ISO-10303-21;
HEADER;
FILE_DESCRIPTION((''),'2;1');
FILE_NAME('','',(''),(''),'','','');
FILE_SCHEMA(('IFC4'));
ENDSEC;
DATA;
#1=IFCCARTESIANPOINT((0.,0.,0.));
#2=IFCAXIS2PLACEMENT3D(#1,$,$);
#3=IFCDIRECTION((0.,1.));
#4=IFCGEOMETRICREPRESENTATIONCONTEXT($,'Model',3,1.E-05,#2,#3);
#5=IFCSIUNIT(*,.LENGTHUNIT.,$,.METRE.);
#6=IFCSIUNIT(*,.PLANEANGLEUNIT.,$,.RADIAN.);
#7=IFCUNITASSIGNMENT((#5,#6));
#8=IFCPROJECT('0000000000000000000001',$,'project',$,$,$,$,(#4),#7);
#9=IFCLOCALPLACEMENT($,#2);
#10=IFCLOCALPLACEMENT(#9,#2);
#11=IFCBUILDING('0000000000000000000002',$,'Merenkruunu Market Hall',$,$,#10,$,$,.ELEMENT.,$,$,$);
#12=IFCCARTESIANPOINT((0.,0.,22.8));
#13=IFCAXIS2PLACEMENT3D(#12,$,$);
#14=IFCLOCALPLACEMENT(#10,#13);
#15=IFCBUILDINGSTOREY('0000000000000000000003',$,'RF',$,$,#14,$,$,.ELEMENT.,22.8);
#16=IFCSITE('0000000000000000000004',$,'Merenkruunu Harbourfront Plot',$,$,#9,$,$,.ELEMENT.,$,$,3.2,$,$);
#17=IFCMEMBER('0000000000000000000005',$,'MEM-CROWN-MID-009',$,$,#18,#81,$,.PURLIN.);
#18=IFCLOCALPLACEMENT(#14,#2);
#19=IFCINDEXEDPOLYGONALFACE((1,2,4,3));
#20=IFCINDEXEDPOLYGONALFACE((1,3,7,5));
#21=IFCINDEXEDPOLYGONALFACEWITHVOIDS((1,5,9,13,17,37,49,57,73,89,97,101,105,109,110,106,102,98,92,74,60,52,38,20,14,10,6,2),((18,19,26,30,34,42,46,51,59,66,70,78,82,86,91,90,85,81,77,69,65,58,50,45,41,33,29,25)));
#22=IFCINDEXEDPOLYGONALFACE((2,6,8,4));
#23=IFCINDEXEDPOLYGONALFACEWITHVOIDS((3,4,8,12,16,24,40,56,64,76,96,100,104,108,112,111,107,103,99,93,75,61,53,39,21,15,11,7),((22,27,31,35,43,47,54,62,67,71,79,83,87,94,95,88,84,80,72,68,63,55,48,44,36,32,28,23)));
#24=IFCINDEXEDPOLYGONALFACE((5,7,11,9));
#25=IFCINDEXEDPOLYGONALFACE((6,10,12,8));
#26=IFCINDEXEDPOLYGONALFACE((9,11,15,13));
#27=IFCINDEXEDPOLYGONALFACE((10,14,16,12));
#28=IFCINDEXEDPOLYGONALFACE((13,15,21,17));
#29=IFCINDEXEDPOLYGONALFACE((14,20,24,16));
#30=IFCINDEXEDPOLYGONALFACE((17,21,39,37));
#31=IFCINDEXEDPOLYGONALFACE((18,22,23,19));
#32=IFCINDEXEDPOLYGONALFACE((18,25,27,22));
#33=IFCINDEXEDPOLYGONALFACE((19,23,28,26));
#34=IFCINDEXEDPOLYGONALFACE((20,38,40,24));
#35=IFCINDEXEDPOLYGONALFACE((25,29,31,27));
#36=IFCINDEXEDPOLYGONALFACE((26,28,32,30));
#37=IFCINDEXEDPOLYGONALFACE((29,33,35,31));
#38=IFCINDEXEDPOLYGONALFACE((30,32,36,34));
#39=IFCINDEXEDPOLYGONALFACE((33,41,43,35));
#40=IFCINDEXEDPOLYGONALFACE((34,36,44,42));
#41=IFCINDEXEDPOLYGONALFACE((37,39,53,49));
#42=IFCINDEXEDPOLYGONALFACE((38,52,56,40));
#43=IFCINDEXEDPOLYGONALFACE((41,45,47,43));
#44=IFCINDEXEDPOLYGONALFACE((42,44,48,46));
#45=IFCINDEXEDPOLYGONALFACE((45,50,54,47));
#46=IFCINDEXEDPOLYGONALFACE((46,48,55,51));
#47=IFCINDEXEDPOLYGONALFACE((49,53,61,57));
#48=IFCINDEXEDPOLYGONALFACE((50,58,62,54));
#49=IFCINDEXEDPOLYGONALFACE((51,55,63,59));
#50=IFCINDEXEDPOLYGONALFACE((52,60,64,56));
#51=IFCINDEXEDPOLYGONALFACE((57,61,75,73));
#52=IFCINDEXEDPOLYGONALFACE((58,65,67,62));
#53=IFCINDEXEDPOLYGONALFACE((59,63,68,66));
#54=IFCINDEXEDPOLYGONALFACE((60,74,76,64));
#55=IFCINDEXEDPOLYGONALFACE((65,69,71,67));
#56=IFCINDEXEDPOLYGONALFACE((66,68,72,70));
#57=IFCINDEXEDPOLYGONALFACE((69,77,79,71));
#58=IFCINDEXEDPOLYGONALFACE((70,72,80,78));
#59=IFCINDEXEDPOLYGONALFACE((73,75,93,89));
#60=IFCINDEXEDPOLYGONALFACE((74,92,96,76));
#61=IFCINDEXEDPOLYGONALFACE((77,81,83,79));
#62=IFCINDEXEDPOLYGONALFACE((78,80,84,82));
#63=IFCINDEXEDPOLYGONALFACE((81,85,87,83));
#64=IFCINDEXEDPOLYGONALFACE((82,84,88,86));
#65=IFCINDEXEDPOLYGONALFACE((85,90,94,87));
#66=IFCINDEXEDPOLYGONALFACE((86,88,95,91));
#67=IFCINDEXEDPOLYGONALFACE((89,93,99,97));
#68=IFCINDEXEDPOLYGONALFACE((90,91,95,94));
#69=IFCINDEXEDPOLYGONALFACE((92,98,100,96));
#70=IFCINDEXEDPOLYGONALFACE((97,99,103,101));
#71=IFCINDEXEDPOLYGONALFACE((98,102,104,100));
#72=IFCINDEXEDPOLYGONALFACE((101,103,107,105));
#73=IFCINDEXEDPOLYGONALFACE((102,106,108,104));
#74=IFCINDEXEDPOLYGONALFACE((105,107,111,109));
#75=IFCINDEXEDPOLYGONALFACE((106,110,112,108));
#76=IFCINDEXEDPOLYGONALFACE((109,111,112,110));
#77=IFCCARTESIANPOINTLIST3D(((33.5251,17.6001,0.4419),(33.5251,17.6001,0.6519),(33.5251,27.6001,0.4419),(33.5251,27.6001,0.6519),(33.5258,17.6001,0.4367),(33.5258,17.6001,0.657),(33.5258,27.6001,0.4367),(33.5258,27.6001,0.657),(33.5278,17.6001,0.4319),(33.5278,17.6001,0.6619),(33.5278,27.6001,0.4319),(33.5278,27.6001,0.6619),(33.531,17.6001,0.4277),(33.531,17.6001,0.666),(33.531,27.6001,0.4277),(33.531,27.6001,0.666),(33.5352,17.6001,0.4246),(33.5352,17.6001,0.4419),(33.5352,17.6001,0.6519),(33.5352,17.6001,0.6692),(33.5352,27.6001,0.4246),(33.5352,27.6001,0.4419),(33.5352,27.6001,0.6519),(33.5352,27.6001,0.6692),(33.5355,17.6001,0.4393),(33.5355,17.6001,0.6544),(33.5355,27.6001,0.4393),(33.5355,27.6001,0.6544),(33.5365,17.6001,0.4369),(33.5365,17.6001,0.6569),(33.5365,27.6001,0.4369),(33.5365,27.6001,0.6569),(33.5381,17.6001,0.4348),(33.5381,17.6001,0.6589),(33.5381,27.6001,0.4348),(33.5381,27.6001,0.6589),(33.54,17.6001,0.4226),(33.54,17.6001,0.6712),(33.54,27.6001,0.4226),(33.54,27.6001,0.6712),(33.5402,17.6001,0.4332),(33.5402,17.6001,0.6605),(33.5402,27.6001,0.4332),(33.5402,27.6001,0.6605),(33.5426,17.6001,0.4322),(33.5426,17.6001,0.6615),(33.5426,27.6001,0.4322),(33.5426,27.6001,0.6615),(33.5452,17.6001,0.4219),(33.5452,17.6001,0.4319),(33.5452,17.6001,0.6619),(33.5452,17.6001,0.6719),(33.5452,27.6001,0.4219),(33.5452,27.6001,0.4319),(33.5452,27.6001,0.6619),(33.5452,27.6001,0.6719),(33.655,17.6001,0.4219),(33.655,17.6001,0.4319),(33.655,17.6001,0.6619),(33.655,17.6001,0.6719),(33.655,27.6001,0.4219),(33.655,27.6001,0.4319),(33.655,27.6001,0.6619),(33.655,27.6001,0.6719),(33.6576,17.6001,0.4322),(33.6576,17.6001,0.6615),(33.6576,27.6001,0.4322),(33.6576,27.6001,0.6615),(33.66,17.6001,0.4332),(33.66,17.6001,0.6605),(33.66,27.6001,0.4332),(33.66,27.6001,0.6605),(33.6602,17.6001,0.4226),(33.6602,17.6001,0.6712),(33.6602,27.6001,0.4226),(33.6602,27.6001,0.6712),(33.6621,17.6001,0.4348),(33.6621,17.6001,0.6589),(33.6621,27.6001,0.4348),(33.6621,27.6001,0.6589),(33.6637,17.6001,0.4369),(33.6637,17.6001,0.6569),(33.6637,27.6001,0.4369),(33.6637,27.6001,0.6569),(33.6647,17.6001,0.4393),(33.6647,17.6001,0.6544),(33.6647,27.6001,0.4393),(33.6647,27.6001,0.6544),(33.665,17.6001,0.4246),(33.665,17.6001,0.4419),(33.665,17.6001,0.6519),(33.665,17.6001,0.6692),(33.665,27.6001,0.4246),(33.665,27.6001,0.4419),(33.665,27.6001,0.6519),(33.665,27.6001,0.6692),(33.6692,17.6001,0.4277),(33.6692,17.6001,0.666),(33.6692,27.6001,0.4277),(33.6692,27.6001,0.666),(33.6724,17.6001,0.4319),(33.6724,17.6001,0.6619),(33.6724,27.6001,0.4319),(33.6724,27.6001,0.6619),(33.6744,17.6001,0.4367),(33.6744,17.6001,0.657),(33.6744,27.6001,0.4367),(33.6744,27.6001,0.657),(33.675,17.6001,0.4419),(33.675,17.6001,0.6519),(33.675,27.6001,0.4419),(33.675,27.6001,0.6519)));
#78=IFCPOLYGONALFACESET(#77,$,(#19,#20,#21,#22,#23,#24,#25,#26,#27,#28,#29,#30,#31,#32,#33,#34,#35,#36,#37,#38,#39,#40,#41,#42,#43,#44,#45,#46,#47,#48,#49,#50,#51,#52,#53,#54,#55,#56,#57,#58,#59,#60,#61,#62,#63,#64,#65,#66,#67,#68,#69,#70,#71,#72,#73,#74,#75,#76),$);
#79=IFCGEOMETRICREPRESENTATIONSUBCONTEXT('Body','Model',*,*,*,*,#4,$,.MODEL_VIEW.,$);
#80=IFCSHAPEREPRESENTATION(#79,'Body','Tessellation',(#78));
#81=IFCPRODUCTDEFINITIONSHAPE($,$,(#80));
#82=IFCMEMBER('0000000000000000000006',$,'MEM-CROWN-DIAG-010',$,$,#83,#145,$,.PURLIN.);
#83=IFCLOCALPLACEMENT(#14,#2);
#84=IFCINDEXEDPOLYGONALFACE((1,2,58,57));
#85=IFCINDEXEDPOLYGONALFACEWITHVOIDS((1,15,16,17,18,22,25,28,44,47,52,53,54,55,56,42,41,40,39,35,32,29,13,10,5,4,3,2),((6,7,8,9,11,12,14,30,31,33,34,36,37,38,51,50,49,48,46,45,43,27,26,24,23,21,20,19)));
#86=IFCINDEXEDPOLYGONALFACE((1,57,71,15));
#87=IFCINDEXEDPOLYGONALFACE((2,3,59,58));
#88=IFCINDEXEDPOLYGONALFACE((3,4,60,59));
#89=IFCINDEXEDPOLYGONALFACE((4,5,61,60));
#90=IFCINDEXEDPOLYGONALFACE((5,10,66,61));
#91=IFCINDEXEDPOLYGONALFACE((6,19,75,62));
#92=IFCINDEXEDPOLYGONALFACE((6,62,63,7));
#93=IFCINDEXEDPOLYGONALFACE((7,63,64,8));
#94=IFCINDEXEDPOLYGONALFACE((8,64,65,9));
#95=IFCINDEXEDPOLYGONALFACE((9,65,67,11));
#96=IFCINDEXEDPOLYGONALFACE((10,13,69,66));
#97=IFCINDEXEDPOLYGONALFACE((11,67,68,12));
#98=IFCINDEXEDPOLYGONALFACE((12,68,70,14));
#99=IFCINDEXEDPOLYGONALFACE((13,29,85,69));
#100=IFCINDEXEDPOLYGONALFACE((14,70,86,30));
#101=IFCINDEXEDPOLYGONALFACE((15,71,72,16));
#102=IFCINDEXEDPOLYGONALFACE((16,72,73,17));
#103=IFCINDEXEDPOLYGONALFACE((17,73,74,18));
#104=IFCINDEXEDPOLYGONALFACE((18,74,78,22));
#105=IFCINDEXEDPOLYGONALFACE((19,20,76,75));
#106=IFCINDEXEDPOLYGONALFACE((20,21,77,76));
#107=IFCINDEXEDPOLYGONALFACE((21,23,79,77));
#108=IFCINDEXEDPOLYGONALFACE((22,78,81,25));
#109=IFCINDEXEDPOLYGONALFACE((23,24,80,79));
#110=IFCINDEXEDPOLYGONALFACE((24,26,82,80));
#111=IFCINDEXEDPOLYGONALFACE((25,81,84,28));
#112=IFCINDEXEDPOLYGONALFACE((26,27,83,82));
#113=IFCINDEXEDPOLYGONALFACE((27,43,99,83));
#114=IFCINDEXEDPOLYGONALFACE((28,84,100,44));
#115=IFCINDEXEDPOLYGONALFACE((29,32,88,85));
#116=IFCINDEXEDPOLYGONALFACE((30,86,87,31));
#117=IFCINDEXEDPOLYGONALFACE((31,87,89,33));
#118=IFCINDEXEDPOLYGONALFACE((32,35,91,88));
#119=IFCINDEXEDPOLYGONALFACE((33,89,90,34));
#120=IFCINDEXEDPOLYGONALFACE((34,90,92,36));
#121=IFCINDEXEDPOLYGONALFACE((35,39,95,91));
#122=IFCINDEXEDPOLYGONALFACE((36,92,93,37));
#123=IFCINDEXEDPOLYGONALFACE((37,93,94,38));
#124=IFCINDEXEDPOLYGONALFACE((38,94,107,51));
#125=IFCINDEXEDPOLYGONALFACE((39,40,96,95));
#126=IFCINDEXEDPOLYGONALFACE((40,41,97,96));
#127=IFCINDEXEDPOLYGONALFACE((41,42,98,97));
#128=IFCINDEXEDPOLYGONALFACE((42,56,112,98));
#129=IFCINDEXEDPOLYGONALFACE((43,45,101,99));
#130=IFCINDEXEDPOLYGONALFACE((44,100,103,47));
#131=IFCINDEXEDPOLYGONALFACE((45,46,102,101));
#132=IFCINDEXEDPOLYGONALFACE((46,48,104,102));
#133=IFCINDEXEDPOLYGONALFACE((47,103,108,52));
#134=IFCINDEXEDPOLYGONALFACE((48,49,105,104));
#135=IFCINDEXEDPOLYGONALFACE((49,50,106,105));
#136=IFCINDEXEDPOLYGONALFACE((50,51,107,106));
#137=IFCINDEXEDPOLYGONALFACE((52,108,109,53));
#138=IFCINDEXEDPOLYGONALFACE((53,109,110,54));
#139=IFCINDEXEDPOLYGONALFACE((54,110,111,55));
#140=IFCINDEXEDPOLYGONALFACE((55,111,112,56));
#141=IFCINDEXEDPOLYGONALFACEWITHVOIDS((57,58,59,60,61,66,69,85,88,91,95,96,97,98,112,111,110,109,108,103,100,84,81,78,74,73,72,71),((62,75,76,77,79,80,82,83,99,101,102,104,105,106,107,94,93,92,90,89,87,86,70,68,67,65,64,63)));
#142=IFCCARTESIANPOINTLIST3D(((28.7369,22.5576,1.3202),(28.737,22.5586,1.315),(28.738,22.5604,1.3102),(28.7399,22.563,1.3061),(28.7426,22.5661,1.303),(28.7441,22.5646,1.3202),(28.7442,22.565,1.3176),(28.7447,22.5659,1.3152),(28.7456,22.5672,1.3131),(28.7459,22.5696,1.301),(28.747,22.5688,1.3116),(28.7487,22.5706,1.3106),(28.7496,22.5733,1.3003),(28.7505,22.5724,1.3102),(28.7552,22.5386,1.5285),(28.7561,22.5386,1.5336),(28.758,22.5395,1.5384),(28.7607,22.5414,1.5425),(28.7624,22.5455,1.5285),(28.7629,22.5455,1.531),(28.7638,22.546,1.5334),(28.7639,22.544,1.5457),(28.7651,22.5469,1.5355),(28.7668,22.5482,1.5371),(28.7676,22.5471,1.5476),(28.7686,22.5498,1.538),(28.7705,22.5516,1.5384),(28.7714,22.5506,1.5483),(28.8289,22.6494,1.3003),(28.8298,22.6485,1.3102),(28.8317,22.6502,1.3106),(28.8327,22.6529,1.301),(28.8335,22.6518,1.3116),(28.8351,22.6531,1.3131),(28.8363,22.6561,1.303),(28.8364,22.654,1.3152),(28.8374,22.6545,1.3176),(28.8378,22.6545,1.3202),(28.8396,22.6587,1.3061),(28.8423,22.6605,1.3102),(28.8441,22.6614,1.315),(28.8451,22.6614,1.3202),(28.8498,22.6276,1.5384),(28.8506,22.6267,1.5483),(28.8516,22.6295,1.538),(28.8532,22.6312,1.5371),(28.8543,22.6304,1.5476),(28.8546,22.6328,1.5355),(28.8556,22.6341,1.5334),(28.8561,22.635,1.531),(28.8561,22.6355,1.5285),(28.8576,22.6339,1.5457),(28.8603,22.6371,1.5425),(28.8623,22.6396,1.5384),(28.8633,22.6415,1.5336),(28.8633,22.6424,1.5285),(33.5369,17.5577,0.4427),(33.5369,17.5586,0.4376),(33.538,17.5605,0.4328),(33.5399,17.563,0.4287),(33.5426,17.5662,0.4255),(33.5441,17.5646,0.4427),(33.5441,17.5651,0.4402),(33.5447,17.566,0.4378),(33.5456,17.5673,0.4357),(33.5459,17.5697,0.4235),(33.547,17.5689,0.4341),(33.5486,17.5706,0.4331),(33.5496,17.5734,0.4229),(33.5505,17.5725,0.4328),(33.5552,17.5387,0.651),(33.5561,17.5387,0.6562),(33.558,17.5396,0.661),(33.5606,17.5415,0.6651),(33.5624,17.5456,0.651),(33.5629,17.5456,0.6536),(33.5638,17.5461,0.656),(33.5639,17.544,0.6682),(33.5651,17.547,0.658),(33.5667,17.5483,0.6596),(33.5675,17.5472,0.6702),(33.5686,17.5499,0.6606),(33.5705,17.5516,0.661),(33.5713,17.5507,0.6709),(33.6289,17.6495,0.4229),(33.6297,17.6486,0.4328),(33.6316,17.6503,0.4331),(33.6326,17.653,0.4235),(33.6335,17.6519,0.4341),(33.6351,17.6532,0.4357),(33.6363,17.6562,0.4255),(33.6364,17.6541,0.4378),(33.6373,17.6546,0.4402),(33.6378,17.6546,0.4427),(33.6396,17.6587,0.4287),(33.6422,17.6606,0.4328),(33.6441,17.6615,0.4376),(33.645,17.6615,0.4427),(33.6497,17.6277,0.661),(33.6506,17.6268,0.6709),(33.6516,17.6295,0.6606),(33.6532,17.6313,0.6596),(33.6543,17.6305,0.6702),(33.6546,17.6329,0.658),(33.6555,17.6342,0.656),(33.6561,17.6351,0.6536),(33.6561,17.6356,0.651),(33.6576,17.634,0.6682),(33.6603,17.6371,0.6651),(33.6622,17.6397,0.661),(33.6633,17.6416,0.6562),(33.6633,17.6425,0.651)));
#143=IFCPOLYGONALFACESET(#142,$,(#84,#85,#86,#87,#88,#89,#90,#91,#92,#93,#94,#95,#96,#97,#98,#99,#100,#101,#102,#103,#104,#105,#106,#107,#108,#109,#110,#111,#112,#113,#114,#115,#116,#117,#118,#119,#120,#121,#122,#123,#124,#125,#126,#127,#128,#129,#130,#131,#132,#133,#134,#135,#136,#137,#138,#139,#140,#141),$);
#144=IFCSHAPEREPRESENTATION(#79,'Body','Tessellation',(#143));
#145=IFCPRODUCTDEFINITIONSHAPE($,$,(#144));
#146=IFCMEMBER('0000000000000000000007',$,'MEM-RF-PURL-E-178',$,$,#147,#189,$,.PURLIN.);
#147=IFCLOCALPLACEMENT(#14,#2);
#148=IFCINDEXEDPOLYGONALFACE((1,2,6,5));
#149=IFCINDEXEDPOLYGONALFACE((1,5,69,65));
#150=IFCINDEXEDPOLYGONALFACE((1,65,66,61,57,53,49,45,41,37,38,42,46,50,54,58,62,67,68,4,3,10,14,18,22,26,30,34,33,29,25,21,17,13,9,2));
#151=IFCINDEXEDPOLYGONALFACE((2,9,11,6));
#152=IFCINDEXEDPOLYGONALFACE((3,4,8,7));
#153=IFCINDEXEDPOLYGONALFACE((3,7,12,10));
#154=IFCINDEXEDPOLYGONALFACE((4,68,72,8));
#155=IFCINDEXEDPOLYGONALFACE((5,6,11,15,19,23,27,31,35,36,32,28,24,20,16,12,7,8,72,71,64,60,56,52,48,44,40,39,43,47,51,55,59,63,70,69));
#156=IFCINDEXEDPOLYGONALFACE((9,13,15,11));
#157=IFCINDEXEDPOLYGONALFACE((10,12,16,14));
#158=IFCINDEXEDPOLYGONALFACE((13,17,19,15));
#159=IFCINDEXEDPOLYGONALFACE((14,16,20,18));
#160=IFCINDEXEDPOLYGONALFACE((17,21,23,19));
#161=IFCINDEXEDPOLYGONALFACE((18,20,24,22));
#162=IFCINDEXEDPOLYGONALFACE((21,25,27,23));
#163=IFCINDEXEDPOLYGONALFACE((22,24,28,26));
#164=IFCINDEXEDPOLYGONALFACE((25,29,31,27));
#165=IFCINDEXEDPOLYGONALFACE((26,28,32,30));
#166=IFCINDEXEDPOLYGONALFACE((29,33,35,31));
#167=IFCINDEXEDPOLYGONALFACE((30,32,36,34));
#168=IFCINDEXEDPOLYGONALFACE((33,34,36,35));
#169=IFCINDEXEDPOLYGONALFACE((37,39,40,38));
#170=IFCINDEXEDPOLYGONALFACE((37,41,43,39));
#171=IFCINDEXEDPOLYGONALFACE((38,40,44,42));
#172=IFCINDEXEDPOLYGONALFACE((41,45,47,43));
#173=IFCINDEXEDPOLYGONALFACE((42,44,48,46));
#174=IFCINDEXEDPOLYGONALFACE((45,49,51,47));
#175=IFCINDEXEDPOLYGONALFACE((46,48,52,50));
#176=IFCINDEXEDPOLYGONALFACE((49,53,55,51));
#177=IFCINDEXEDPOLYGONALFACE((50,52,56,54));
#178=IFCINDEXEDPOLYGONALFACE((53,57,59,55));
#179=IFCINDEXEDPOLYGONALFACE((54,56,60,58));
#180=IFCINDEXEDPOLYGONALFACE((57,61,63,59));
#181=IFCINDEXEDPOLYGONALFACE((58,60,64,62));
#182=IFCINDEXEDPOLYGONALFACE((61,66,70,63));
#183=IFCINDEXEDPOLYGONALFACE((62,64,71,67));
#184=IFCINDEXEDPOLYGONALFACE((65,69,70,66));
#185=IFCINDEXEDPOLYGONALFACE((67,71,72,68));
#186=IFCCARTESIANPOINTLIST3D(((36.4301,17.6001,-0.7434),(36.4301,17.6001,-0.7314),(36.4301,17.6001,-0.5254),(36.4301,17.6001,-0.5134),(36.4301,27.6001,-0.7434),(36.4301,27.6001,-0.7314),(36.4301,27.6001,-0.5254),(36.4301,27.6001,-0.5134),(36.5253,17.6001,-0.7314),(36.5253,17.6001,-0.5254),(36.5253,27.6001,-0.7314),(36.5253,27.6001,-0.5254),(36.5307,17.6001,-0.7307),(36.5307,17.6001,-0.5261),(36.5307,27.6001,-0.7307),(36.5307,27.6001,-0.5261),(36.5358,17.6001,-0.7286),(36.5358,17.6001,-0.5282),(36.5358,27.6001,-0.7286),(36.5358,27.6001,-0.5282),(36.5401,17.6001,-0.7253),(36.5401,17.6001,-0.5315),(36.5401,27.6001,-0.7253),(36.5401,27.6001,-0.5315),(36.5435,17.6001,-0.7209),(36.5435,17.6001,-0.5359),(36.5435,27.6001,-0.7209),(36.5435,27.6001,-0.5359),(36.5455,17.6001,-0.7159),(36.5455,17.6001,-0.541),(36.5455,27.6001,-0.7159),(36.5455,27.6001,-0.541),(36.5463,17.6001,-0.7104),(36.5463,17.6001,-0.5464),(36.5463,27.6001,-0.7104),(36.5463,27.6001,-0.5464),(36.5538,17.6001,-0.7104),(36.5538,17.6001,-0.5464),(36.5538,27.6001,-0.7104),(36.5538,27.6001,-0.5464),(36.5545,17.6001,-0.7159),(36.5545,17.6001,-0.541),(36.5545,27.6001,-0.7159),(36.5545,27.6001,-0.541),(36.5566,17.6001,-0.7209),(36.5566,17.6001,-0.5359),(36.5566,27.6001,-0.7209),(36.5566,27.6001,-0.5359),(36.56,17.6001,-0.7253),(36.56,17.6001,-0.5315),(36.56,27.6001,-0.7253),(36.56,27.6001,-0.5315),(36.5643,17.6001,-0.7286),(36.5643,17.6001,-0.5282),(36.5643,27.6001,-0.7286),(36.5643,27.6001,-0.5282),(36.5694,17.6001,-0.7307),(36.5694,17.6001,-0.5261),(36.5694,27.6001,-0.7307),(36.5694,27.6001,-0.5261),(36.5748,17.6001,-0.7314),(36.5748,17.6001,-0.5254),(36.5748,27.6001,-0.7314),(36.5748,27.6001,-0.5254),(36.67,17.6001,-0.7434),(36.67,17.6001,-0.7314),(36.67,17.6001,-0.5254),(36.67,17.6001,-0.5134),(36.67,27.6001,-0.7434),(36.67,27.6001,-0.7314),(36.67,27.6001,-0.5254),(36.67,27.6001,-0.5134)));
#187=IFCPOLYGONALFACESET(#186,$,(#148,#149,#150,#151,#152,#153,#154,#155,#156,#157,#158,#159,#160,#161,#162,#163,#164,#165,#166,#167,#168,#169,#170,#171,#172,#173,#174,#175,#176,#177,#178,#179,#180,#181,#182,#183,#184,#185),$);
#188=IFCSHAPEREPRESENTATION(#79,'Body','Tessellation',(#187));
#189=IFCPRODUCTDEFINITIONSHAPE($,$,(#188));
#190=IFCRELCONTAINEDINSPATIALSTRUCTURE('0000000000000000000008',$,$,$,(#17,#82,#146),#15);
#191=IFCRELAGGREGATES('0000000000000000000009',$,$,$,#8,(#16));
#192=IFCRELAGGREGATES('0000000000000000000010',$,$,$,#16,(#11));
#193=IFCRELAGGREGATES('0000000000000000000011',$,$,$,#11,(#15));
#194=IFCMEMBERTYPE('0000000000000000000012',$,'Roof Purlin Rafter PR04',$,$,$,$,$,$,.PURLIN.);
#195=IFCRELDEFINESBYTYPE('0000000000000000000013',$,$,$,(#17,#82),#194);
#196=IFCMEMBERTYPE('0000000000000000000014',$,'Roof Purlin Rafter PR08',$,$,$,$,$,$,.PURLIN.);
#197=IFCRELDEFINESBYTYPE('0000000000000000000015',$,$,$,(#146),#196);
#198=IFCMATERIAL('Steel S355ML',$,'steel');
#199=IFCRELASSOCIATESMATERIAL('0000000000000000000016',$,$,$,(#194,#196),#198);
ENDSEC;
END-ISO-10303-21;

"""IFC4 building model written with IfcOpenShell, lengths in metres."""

from ifc_helpers import new_model, si_unit, direction, frame, origin, origin_2d, place, context, subcontext, project, spatial, hollow_rectangle, i_section, extrude, material, material_profile, profile_set, type_object, element, save


model = new_model("IFC4")

# Units and contexts
model_context = context("Model", 3, precision=1e-05, world=origin(), true_north=direction((0.0, 1.0)))
body_context = subcontext(model_context, "Body", "Model", "MODEL_VIEW")
ifc_project = project(units=[si_unit("LENGTHUNIT", "METRE"), si_unit("PLANEANGLEUNIT", "RADIAN")], contexts=[model_context])

# Site, building, storey
site_placement = place(None, origin())
site = spatial("IfcSite", under=ifc_project, at=site_placement, Name="Merenkruunu Harbourfront Plot", CompositionType="ELEMENT", RefElevation=3.2)
building_placement = place(site_placement, origin())
building = spatial("IfcBuilding", under=site, at=building_placement, Name="Merenkruunu Market Hall", CompositionType="ELEMENT")
storey_placement = place(building_placement, frame((0.0, 0.0, 22.8)))
storey = spatial("IfcBuildingStorey", under=building, at=storey_placement, Name="RF", CompositionType="ELEMENT", Elevation=22.8)

# Shared definitions
ifc_material_1 = material(Name="Steel S355ML", Category="steel")

# Members
ifc_material_profile_1 = material_profile(ifc_material_1, hollow_rectangle(XDim=0.1499, YDim=0.25, WallThickness=0.01, InnerFilletRadius=0.01, OuterFilletRadius=0.02, at=origin_2d()), Name="RHS 250x150x10")
ifc_profile_set_1 = profile_set([ifc_material_profile_1], Name="Steel S355ML")
member_type_1 = type_object("IfcMemberType", Name="Roof Purlin Rafter PR04", PredefinedType="PURLIN", material=ifc_profile_set_1)
member_1_placement = place(storey_placement, frame((33.6001, 17.6001, 0.5469), z_axis=(0.0, 1.0, 0.0), x_axis=(-1.0, 0.0, 0.0)))
element("IfcMember", 1, at=member_1_placement, inside=storey, type_object=member_type_1, Name="MEM-CROWN-MID-009", PredefinedType="PURLIN", context=body_context, shape_type="SweptSolid", body=[
    extrude(hollow_rectangle(XDim=0.1499, YDim=0.25, WallThickness=0.01, InnerFilletRadius=0.01, OuterFilletRadius=0.02, at=origin_2d()), origin(), (0.0, 0.0, 1.0), 10.0),
])
member_2_placement = place(storey_placement, frame((33.6001, 17.6001, 0.5469), z_axis=(-0.687052, 0.715672, 0.125592), x_axis=(-0.721384, -0.692535, 0.0)))
element("IfcMember", 2, at=member_2_placement, inside=storey, type_object=member_type_1, Name="MEM-CROWN-DIAG-010", PredefinedType="PURLIN", context=body_context, shape_type="SweptSolid", body=[
    extrude(hollow_rectangle(XDim=0.1499, YDim=0.25, WallThickness=0.01, InnerFilletRadius=0.01, OuterFilletRadius=0.02, at=origin_2d()), origin(), (0.0, 0.0, 1.0), 6.9863),
])
ifc_material_profile_2 = material_profile(ifc_material_1, i_section(OverallWidth=0.24, OverallDepth=0.23, WebThickness=0.0076, FlangeThickness=0.012, FilletRadius=0.021, at=origin_2d()), Name="HEA 240")
ifc_profile_set_2 = profile_set([ifc_material_profile_2], Name="Steel S355ML")
member_type_2 = type_object("IfcMemberType", Name="Roof Purlin Rafter PR08", PredefinedType="PURLIN", material=ifc_profile_set_2)
member_3_placement = place(storey_placement, frame((36.55, 17.6001, -0.6284), z_axis=(0.0, 1.0, 0.0), x_axis=(-1.0, 0.0, 0.0)))
element("IfcMember", 3, at=member_3_placement, inside=storey, type_object=member_type_2, Name="MEM-RF-PURL-E-178", PredefinedType="PURLIN", context=body_context, shape_type="SweptSolid", body=[
    extrude(i_section(OverallWidth=0.24, OverallDepth=0.23, WebThickness=0.0076, FlangeThickness=0.012, FilletRadius=0.021, at=origin_2d()), origin(), (0.0, 0.0, 1.0), 10.0),
])

save(model, "model.ifc")
